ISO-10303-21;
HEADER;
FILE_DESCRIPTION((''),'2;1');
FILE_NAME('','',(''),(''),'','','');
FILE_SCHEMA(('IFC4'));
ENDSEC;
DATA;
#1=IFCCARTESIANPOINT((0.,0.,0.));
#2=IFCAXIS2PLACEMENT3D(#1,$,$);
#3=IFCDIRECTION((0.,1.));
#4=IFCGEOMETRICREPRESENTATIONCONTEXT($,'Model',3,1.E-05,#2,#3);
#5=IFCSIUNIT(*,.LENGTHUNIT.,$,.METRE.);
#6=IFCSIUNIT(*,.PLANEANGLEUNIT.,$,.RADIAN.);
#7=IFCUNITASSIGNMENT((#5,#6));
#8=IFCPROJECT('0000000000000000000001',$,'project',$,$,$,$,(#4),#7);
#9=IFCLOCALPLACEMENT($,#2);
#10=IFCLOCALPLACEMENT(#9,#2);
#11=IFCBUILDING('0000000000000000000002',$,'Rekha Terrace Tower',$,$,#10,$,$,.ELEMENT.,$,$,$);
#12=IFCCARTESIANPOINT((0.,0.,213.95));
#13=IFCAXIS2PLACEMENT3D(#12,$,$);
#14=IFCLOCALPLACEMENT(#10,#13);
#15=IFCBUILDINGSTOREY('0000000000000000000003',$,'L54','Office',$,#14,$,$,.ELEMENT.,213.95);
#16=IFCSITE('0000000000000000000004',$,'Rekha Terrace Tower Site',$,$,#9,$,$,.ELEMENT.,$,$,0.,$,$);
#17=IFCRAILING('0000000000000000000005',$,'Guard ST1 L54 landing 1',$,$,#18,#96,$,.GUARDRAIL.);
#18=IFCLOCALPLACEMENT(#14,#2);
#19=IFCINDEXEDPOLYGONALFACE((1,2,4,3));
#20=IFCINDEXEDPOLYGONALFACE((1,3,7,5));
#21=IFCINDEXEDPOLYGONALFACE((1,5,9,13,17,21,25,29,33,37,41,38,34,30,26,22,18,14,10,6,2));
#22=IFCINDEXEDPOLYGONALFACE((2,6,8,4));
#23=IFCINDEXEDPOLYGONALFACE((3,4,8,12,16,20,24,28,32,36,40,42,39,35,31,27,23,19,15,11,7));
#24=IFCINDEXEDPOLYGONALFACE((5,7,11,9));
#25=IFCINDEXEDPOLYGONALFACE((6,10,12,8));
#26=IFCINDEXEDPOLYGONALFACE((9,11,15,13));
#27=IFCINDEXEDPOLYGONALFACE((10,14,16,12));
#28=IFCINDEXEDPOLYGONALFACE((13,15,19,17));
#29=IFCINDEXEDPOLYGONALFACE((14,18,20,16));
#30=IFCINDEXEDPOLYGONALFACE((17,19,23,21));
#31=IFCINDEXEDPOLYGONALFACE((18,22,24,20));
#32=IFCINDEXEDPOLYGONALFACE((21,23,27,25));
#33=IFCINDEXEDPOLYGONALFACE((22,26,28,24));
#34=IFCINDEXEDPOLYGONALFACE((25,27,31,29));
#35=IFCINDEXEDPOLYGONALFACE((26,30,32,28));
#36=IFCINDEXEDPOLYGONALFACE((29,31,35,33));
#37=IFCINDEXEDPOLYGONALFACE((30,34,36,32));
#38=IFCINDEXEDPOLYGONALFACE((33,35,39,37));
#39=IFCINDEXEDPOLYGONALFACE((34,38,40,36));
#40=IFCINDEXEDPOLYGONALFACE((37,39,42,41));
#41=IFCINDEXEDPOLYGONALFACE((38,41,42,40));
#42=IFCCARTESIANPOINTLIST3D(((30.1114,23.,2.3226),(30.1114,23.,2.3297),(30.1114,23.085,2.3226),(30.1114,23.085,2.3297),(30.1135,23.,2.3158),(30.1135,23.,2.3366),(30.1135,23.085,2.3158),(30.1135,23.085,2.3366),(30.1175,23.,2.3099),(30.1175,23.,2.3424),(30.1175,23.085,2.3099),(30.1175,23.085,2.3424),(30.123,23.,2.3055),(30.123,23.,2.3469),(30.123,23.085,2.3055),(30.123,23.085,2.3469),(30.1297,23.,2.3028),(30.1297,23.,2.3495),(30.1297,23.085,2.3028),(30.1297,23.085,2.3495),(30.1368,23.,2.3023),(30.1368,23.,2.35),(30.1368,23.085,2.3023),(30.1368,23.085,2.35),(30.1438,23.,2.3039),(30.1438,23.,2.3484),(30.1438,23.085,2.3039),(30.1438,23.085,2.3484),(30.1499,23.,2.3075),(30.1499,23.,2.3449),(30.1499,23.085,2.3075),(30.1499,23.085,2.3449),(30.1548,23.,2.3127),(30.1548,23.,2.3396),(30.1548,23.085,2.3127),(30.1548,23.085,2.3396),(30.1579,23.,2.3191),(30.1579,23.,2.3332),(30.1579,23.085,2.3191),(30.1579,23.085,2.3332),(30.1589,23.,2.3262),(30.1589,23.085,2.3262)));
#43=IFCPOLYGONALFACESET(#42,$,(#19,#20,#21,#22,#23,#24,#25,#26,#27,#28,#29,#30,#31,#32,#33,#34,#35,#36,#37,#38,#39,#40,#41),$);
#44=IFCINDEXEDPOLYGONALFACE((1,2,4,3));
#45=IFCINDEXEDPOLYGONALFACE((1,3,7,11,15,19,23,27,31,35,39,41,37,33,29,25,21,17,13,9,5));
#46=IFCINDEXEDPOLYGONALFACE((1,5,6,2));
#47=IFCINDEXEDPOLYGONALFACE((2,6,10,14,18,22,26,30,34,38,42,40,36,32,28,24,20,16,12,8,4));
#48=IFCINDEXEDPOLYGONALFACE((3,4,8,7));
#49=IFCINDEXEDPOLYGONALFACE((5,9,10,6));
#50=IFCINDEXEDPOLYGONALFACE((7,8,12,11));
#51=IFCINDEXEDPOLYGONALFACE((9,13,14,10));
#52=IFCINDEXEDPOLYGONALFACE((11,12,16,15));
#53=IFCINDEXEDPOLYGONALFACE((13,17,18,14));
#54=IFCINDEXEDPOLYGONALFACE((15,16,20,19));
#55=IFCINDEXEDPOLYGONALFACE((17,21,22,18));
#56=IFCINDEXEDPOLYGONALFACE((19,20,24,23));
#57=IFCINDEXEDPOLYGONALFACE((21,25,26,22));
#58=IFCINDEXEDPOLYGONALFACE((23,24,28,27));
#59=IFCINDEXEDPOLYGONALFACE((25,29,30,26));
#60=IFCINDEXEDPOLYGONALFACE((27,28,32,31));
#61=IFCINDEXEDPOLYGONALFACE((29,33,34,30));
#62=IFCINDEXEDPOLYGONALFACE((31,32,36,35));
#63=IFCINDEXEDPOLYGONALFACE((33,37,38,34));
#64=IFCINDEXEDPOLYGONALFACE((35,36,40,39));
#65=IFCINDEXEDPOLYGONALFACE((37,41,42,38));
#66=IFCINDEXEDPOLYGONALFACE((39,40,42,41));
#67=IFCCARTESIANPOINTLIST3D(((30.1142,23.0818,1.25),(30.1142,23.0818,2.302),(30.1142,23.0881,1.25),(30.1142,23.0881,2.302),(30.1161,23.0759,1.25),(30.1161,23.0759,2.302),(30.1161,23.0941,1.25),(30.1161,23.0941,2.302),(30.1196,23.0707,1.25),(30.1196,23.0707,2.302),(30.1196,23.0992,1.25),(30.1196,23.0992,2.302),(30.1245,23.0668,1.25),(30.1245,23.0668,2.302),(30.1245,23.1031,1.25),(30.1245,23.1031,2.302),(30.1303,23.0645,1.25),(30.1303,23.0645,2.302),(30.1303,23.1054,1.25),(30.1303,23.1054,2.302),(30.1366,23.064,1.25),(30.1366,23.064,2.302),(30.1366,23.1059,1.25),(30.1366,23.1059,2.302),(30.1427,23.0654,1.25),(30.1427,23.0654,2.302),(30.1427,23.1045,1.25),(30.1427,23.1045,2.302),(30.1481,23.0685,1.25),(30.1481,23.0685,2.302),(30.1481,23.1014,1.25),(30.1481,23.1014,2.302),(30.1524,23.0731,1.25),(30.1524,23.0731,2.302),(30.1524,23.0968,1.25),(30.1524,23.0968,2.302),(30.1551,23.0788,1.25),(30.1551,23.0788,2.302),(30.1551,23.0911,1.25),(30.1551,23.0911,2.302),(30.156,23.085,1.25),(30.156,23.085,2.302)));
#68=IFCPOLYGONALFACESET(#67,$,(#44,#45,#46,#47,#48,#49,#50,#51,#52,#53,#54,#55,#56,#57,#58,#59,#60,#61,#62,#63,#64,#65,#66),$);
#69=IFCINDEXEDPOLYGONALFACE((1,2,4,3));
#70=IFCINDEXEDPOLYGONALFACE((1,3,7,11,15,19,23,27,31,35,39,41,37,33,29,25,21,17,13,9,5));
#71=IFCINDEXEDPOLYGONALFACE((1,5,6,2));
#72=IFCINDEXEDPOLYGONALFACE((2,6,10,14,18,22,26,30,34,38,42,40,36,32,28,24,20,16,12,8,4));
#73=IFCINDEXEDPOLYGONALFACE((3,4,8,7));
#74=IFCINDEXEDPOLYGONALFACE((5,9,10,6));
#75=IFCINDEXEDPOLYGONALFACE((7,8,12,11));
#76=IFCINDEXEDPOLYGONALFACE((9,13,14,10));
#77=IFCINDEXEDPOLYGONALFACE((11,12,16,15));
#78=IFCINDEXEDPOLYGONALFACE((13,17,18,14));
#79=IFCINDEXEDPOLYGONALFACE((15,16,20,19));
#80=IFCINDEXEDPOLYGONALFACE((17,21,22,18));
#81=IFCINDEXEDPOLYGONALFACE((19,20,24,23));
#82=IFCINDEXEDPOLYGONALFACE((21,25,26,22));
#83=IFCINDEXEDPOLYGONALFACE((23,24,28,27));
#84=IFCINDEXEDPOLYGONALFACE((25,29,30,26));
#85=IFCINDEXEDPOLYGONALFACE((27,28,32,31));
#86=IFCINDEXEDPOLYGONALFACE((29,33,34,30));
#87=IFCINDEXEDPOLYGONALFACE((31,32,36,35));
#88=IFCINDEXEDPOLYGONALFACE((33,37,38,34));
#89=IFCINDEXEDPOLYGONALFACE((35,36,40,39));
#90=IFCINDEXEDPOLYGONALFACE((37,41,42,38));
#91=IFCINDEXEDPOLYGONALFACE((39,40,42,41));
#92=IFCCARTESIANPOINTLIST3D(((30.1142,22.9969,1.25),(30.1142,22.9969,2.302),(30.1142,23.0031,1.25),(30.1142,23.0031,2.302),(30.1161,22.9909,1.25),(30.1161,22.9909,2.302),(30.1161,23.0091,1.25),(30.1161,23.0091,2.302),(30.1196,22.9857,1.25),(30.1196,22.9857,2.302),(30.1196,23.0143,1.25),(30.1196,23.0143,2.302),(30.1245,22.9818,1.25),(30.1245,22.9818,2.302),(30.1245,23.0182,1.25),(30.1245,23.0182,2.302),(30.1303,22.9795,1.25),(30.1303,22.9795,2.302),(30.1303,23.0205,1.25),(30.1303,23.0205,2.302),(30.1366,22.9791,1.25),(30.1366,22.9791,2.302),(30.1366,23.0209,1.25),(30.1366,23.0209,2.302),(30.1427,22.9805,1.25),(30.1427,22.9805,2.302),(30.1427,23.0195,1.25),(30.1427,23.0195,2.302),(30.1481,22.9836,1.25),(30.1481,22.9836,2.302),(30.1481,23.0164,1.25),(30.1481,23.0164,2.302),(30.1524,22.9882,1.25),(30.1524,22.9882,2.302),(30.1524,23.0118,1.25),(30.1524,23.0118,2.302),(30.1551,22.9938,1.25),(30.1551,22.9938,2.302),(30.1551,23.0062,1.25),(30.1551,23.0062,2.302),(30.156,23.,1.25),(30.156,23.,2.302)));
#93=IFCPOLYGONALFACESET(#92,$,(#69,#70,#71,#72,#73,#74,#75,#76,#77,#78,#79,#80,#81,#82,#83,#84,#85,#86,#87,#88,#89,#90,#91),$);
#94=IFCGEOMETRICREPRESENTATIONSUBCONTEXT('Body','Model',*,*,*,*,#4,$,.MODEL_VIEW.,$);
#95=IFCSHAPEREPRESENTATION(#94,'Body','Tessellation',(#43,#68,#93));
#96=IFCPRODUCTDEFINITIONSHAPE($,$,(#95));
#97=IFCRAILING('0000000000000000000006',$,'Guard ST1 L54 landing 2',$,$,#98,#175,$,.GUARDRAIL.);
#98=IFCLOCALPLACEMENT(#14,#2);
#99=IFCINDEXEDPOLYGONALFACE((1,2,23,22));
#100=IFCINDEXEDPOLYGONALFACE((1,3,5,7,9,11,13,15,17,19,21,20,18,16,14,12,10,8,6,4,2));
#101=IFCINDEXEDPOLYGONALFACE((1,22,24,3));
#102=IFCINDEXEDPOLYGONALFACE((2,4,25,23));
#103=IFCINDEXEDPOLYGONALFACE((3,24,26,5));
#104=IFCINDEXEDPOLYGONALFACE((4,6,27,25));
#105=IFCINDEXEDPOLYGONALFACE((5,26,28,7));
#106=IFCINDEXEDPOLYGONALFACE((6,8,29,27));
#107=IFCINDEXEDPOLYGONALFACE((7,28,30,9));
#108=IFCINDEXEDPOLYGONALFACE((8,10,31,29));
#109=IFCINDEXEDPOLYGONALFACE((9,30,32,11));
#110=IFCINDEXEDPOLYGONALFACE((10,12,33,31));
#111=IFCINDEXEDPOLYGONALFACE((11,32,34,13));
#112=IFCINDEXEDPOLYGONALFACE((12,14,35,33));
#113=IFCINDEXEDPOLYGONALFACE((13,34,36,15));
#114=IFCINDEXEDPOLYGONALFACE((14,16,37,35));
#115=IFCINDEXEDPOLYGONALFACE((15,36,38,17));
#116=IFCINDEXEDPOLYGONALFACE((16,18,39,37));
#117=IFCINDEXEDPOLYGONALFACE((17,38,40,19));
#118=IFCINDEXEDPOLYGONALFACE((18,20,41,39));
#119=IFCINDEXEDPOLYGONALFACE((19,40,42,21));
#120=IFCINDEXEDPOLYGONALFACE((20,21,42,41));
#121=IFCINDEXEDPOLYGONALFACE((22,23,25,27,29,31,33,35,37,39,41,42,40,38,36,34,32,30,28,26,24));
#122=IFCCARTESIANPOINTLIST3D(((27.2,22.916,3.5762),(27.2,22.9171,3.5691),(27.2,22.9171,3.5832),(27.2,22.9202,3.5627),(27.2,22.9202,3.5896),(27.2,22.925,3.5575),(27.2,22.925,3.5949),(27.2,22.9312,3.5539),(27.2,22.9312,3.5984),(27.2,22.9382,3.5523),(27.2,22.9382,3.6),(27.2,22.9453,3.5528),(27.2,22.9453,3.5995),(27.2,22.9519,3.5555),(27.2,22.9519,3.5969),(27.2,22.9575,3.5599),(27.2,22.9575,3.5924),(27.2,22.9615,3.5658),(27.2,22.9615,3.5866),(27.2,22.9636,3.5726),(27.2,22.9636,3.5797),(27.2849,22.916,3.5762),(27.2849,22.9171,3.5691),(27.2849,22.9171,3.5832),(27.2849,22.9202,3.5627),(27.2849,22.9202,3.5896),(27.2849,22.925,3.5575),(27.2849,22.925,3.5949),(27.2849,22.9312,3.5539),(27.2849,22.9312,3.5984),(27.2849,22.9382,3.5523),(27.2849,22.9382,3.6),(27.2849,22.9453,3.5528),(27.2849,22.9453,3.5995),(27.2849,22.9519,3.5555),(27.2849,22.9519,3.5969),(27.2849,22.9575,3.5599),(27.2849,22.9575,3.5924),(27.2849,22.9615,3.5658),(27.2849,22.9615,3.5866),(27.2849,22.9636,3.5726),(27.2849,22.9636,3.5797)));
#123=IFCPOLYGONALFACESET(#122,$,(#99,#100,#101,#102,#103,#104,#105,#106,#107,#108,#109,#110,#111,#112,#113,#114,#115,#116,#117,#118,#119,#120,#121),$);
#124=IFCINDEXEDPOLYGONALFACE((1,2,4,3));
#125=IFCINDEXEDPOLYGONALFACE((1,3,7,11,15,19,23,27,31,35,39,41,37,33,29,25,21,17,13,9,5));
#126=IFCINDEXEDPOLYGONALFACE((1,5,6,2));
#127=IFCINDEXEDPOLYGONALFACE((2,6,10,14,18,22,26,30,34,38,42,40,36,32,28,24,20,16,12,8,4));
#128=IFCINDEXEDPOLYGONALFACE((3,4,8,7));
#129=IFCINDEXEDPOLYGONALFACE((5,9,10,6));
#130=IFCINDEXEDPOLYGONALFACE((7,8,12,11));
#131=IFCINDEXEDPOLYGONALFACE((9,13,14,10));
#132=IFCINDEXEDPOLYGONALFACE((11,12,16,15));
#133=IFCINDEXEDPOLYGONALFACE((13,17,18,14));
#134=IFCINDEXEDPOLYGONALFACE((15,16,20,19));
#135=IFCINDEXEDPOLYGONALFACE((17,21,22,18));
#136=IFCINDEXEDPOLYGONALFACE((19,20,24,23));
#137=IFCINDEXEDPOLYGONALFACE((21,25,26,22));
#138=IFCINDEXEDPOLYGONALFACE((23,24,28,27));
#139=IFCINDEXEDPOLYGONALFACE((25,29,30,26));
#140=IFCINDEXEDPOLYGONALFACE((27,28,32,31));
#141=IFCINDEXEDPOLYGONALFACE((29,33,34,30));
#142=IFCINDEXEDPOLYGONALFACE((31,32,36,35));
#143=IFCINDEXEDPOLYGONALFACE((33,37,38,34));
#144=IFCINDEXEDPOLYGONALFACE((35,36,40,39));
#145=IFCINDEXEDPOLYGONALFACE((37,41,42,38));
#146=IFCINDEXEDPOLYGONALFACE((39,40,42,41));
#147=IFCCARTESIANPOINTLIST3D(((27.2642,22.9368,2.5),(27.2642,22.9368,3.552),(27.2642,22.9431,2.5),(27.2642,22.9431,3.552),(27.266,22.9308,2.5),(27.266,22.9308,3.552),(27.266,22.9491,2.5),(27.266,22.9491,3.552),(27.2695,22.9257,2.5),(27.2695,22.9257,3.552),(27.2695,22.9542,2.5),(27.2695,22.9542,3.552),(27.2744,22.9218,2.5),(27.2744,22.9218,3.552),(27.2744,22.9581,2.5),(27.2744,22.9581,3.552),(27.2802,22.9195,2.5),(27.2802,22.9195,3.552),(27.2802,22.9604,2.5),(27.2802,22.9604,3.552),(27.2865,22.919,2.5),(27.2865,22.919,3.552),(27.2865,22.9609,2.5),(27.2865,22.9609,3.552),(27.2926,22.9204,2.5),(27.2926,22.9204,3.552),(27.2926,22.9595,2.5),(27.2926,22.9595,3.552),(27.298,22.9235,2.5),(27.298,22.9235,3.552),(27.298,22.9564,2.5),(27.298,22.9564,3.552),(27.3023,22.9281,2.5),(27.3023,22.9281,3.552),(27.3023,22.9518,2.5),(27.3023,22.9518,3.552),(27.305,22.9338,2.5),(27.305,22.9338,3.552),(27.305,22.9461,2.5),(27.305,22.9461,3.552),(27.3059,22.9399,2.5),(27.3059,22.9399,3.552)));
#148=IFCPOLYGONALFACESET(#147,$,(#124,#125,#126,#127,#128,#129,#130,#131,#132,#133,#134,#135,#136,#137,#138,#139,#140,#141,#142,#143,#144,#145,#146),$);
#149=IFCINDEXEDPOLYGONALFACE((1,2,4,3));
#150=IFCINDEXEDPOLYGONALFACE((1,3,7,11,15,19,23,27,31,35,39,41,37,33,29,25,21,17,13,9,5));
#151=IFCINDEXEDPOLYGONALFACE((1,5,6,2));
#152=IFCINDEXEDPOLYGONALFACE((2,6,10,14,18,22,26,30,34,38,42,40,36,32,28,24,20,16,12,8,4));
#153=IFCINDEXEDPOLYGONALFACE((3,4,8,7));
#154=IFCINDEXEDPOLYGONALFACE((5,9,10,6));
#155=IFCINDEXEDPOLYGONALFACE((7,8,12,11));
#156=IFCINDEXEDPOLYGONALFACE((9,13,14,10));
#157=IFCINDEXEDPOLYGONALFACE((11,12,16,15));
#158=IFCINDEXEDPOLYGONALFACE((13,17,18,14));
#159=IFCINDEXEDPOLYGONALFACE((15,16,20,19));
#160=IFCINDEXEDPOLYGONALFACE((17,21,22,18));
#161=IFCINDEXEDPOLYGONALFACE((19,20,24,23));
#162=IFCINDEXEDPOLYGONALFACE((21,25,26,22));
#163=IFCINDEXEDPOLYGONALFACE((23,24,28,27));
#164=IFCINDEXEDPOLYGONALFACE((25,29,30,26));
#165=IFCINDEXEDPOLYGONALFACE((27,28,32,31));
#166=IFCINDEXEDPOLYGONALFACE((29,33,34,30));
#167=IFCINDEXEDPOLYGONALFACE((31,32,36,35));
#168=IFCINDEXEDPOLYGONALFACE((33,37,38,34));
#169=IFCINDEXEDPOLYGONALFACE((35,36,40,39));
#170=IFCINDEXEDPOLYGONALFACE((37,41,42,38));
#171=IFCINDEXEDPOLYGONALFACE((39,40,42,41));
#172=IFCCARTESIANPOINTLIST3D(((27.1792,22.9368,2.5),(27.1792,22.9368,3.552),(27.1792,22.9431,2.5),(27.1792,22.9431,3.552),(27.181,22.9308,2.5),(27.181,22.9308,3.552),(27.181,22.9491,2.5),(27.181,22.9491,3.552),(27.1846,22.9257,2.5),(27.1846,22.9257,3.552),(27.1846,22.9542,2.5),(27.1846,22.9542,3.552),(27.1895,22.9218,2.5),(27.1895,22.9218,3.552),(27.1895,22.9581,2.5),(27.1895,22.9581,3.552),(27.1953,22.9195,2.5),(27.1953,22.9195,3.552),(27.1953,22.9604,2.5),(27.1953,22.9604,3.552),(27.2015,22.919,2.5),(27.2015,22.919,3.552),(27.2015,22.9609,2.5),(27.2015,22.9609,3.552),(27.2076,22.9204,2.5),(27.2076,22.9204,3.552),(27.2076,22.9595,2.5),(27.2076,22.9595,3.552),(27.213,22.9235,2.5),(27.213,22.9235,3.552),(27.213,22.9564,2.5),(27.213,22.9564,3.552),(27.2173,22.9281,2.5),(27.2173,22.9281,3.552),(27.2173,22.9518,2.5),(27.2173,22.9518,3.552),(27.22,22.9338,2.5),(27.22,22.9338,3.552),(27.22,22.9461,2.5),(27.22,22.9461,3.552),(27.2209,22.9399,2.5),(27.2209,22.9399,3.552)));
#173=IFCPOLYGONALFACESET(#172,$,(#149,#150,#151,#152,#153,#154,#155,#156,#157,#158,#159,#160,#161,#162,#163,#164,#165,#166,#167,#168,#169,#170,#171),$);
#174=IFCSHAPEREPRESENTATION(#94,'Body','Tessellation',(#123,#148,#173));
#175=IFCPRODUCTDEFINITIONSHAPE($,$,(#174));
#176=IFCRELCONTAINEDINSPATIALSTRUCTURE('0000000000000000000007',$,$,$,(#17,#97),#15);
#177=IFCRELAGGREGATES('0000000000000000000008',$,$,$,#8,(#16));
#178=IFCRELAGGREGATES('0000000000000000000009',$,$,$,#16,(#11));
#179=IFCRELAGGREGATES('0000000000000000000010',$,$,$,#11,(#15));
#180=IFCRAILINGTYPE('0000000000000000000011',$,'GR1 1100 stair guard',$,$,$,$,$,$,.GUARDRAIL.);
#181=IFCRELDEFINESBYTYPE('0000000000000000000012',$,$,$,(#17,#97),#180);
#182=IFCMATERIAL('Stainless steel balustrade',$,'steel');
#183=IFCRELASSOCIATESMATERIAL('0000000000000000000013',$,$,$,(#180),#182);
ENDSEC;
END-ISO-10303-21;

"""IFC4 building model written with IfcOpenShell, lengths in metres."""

from ifc_helpers import new_model, si_unit, direction, frame, origin, origin_2d, place, context, subcontext, project, spatial, circle, extrude, material, type_object, element, save


model = new_model("IFC4")

# Units and contexts
model_context = context("Model", 3, precision=1e-05, world=origin(), true_north=direction((0.0, 1.0)))
body_context = subcontext(model_context, "Body", "Model", "MODEL_VIEW")
ifc_project = project(units=[si_unit("LENGTHUNIT", "METRE"), si_unit("PLANEANGLEUNIT", "RADIAN")], contexts=[model_context])

# Site, building, storey
site_placement = place(None, origin())
site = spatial("IfcSite", under=ifc_project, at=site_placement, Name="Rekha Terrace Tower Site", CompositionType="ELEMENT", RefElevation=0.0)
building_placement = place(site_placement, origin())
building = spatial("IfcBuilding", under=site, at=building_placement, Name="Rekha Terrace Tower", CompositionType="ELEMENT")
storey_placement = place(building_placement, frame((0.0, 0.0, 213.95)))
storey = spatial("IfcBuildingStorey", under=building, at=storey_placement, Name="L54", Description="Office", CompositionType="ELEMENT", Elevation=213.95)

# Railings
ifc_material_1 = material(Name="Stainless steel balustrade", Category="steel")
railing_type_1 = type_object("IfcRailingType", Name="GR1 1100 stair guard", PredefinedType="GUARDRAIL", material=ifc_material_1)
railing_1_placement = place(storey_placement, frame((30.135, 23.085, 1.25)))
element("IfcRailing", 1, at=railing_1_placement, inside=storey, type_object=railing_type_1, Name="Guard ST1 L54 landing 1", PredefinedType="GUARDRAIL", context=body_context, shape_type="SweptSolid", body=[
    extrude(circle(Radius=0.0239, at=origin_2d()), frame((0.0, 0.0, 1.0762), z_axis=(0.0, -1.0, 0.0), x_axis=(1.0, 0.0, 0.0)), (0.0, 0.0, 1.0), 0.085),
    extrude(circle(Radius=0.021, at=origin_2d()), origin(), (0.0, 0.0, 1.0), 1.052),
    extrude(circle(Radius=0.021, at=origin_2d()), frame((0.0, -0.085, 0.0)), (0.0, 0.0, 1.0), 1.052),
])
railing_2_placement = place(storey_placement, frame((27.2849, 22.9399, 2.5)))
element("IfcRailing", 2, at=railing_2_placement, inside=storey, type_object=railing_type_1, Name="Guard ST1 L54 landing 2", PredefinedType="GUARDRAIL", context=body_context, shape_type="SweptSolid", body=[
    extrude(circle(Radius=0.0239, at=origin_2d()), frame((0.0, 0.0, 1.0762), z_axis=(-1.0, 0.0, 0.0), x_axis=(0.0, -1.0, 0.0)), (0.0, 0.0, 1.0), 0.085),
    extrude(circle(Radius=0.021, at=origin_2d()), origin(), (0.0, 0.0, 1.0), 1.052),
    extrude(circle(Radius=0.021, at=origin_2d()), frame((-0.085, 0.0, 0.0)), (0.0, 0.0, 1.0), 1.052),
])

save(model, "model.ifc")
